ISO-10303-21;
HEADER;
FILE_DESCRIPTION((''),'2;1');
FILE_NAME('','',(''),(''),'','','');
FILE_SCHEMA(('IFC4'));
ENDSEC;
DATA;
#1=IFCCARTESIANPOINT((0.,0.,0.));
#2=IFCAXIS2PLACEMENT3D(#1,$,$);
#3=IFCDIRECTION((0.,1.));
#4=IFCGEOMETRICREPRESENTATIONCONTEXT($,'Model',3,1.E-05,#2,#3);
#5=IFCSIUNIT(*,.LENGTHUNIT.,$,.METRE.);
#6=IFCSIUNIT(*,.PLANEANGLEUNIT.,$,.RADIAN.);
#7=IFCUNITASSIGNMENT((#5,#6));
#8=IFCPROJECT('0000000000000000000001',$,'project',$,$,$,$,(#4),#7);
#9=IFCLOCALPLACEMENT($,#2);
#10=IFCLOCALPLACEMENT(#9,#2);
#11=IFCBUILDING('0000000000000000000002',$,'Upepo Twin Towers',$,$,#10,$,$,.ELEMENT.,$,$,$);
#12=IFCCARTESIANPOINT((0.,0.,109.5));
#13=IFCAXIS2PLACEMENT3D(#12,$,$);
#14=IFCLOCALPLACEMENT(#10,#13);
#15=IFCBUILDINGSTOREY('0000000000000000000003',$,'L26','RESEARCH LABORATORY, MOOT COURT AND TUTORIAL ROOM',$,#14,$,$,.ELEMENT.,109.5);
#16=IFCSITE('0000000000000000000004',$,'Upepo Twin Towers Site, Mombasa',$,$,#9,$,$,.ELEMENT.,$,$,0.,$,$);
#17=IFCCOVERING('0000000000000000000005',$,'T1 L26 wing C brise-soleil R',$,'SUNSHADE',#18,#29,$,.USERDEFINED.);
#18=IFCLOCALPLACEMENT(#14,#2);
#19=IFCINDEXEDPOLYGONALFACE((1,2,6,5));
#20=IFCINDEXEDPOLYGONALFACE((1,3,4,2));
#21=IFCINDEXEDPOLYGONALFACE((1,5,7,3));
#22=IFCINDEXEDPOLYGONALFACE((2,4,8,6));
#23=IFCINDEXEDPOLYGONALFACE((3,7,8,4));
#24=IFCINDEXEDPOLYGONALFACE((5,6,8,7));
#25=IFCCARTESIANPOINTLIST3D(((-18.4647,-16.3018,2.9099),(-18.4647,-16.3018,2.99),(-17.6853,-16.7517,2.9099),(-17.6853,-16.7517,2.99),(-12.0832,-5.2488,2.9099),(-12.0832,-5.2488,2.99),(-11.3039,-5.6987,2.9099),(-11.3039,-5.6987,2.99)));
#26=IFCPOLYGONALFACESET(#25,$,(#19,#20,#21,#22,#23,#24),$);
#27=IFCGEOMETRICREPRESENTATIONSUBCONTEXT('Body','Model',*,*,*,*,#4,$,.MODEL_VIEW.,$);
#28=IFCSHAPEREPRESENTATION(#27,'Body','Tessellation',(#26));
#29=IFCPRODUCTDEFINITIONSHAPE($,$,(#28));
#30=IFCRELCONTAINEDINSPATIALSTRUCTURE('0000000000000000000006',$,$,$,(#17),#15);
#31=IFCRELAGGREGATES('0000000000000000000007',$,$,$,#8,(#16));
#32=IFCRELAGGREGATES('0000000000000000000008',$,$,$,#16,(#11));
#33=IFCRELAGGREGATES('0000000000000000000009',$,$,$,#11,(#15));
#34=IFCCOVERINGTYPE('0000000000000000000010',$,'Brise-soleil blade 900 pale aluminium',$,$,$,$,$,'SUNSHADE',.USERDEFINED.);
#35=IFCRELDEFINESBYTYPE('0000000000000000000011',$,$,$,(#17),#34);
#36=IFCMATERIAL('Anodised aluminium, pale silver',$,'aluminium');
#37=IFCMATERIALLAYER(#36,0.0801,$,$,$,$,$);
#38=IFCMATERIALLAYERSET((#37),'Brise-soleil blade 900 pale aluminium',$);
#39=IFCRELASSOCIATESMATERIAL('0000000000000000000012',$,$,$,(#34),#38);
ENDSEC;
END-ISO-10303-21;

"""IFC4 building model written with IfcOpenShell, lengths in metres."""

from ifc_helpers import new_model, si_unit, direction, frame, origin, origin_2d, place, context, subcontext, project, spatial, rectangle, extrude, material, layer, layer_set, type_object, element, save


model = new_model("IFC4")

# Units and contexts
model_context = context("Model", 3, precision=1e-05, world=origin(), true_north=direction((0.0, 1.0)))
body_context = subcontext(model_context, "Body", "Model", "MODEL_VIEW")
ifc_project = project(units=[si_unit("LENGTHUNIT", "METRE"), si_unit("PLANEANGLEUNIT", "RADIAN")], contexts=[model_context])

# Site, building, storey
site_placement = place(None, origin())
site = spatial("IfcSite", under=ifc_project, at=site_placement, Name="Upepo Twin Towers Site, Mombasa", CompositionType="ELEMENT", RefElevation=0.0)
building_placement = place(site_placement, origin())
building = spatial("IfcBuilding", under=site, at=building_placement, Name="Upepo Twin Towers", CompositionType="ELEMENT")
storey_placement = place(building_placement, frame((0.0, 0.0, 109.5)))
storey = spatial("IfcBuildingStorey", under=building, at=storey_placement, Name="L26", Description="RESEARCH LABORATORY, MOOT COURT AND TUTORIAL ROOM", CompositionType="ELEMENT", Elevation=109.5)

# Covering
ifc_material_1 = material(Name="Anodised aluminium, pale silver", Category="aluminium")
ifc_layer_1 = layer(ifc_material_1, 0.0801)
ifc_layer_set_1 = layer_set([ifc_layer_1], Name="Brise-soleil blade 900 pale aluminium")
covering_type = type_object("IfcCoveringType", Name="Brise-soleil blade 900 pale aluminium", ElementType="SUNSHADE", PredefinedType="USERDEFINED", material=ifc_layer_set_1)
covering_placement = place(storey_placement, frame((-14.8843, -11.0002, 2.9099), z_axis=(0.0, 0.0, 1.0), x_axis=(-0.5, -0.866025, 0.0)))
element("IfcCovering", 1, at=covering_placement, inside=storey, type_object=covering_type, Name="T1 L26 wing C brise-soleil R", ObjectType="SUNSHADE", PredefinedType="USERDEFINED", context=body_context, shape_type="SweptSolid", body=[
    extrude(rectangle(XDim=12.7629, YDim=0.8999, at=origin_2d()), origin(), (0.0, 0.0, 1.0), 0.0801),
])

save(model, "model.ifc")
